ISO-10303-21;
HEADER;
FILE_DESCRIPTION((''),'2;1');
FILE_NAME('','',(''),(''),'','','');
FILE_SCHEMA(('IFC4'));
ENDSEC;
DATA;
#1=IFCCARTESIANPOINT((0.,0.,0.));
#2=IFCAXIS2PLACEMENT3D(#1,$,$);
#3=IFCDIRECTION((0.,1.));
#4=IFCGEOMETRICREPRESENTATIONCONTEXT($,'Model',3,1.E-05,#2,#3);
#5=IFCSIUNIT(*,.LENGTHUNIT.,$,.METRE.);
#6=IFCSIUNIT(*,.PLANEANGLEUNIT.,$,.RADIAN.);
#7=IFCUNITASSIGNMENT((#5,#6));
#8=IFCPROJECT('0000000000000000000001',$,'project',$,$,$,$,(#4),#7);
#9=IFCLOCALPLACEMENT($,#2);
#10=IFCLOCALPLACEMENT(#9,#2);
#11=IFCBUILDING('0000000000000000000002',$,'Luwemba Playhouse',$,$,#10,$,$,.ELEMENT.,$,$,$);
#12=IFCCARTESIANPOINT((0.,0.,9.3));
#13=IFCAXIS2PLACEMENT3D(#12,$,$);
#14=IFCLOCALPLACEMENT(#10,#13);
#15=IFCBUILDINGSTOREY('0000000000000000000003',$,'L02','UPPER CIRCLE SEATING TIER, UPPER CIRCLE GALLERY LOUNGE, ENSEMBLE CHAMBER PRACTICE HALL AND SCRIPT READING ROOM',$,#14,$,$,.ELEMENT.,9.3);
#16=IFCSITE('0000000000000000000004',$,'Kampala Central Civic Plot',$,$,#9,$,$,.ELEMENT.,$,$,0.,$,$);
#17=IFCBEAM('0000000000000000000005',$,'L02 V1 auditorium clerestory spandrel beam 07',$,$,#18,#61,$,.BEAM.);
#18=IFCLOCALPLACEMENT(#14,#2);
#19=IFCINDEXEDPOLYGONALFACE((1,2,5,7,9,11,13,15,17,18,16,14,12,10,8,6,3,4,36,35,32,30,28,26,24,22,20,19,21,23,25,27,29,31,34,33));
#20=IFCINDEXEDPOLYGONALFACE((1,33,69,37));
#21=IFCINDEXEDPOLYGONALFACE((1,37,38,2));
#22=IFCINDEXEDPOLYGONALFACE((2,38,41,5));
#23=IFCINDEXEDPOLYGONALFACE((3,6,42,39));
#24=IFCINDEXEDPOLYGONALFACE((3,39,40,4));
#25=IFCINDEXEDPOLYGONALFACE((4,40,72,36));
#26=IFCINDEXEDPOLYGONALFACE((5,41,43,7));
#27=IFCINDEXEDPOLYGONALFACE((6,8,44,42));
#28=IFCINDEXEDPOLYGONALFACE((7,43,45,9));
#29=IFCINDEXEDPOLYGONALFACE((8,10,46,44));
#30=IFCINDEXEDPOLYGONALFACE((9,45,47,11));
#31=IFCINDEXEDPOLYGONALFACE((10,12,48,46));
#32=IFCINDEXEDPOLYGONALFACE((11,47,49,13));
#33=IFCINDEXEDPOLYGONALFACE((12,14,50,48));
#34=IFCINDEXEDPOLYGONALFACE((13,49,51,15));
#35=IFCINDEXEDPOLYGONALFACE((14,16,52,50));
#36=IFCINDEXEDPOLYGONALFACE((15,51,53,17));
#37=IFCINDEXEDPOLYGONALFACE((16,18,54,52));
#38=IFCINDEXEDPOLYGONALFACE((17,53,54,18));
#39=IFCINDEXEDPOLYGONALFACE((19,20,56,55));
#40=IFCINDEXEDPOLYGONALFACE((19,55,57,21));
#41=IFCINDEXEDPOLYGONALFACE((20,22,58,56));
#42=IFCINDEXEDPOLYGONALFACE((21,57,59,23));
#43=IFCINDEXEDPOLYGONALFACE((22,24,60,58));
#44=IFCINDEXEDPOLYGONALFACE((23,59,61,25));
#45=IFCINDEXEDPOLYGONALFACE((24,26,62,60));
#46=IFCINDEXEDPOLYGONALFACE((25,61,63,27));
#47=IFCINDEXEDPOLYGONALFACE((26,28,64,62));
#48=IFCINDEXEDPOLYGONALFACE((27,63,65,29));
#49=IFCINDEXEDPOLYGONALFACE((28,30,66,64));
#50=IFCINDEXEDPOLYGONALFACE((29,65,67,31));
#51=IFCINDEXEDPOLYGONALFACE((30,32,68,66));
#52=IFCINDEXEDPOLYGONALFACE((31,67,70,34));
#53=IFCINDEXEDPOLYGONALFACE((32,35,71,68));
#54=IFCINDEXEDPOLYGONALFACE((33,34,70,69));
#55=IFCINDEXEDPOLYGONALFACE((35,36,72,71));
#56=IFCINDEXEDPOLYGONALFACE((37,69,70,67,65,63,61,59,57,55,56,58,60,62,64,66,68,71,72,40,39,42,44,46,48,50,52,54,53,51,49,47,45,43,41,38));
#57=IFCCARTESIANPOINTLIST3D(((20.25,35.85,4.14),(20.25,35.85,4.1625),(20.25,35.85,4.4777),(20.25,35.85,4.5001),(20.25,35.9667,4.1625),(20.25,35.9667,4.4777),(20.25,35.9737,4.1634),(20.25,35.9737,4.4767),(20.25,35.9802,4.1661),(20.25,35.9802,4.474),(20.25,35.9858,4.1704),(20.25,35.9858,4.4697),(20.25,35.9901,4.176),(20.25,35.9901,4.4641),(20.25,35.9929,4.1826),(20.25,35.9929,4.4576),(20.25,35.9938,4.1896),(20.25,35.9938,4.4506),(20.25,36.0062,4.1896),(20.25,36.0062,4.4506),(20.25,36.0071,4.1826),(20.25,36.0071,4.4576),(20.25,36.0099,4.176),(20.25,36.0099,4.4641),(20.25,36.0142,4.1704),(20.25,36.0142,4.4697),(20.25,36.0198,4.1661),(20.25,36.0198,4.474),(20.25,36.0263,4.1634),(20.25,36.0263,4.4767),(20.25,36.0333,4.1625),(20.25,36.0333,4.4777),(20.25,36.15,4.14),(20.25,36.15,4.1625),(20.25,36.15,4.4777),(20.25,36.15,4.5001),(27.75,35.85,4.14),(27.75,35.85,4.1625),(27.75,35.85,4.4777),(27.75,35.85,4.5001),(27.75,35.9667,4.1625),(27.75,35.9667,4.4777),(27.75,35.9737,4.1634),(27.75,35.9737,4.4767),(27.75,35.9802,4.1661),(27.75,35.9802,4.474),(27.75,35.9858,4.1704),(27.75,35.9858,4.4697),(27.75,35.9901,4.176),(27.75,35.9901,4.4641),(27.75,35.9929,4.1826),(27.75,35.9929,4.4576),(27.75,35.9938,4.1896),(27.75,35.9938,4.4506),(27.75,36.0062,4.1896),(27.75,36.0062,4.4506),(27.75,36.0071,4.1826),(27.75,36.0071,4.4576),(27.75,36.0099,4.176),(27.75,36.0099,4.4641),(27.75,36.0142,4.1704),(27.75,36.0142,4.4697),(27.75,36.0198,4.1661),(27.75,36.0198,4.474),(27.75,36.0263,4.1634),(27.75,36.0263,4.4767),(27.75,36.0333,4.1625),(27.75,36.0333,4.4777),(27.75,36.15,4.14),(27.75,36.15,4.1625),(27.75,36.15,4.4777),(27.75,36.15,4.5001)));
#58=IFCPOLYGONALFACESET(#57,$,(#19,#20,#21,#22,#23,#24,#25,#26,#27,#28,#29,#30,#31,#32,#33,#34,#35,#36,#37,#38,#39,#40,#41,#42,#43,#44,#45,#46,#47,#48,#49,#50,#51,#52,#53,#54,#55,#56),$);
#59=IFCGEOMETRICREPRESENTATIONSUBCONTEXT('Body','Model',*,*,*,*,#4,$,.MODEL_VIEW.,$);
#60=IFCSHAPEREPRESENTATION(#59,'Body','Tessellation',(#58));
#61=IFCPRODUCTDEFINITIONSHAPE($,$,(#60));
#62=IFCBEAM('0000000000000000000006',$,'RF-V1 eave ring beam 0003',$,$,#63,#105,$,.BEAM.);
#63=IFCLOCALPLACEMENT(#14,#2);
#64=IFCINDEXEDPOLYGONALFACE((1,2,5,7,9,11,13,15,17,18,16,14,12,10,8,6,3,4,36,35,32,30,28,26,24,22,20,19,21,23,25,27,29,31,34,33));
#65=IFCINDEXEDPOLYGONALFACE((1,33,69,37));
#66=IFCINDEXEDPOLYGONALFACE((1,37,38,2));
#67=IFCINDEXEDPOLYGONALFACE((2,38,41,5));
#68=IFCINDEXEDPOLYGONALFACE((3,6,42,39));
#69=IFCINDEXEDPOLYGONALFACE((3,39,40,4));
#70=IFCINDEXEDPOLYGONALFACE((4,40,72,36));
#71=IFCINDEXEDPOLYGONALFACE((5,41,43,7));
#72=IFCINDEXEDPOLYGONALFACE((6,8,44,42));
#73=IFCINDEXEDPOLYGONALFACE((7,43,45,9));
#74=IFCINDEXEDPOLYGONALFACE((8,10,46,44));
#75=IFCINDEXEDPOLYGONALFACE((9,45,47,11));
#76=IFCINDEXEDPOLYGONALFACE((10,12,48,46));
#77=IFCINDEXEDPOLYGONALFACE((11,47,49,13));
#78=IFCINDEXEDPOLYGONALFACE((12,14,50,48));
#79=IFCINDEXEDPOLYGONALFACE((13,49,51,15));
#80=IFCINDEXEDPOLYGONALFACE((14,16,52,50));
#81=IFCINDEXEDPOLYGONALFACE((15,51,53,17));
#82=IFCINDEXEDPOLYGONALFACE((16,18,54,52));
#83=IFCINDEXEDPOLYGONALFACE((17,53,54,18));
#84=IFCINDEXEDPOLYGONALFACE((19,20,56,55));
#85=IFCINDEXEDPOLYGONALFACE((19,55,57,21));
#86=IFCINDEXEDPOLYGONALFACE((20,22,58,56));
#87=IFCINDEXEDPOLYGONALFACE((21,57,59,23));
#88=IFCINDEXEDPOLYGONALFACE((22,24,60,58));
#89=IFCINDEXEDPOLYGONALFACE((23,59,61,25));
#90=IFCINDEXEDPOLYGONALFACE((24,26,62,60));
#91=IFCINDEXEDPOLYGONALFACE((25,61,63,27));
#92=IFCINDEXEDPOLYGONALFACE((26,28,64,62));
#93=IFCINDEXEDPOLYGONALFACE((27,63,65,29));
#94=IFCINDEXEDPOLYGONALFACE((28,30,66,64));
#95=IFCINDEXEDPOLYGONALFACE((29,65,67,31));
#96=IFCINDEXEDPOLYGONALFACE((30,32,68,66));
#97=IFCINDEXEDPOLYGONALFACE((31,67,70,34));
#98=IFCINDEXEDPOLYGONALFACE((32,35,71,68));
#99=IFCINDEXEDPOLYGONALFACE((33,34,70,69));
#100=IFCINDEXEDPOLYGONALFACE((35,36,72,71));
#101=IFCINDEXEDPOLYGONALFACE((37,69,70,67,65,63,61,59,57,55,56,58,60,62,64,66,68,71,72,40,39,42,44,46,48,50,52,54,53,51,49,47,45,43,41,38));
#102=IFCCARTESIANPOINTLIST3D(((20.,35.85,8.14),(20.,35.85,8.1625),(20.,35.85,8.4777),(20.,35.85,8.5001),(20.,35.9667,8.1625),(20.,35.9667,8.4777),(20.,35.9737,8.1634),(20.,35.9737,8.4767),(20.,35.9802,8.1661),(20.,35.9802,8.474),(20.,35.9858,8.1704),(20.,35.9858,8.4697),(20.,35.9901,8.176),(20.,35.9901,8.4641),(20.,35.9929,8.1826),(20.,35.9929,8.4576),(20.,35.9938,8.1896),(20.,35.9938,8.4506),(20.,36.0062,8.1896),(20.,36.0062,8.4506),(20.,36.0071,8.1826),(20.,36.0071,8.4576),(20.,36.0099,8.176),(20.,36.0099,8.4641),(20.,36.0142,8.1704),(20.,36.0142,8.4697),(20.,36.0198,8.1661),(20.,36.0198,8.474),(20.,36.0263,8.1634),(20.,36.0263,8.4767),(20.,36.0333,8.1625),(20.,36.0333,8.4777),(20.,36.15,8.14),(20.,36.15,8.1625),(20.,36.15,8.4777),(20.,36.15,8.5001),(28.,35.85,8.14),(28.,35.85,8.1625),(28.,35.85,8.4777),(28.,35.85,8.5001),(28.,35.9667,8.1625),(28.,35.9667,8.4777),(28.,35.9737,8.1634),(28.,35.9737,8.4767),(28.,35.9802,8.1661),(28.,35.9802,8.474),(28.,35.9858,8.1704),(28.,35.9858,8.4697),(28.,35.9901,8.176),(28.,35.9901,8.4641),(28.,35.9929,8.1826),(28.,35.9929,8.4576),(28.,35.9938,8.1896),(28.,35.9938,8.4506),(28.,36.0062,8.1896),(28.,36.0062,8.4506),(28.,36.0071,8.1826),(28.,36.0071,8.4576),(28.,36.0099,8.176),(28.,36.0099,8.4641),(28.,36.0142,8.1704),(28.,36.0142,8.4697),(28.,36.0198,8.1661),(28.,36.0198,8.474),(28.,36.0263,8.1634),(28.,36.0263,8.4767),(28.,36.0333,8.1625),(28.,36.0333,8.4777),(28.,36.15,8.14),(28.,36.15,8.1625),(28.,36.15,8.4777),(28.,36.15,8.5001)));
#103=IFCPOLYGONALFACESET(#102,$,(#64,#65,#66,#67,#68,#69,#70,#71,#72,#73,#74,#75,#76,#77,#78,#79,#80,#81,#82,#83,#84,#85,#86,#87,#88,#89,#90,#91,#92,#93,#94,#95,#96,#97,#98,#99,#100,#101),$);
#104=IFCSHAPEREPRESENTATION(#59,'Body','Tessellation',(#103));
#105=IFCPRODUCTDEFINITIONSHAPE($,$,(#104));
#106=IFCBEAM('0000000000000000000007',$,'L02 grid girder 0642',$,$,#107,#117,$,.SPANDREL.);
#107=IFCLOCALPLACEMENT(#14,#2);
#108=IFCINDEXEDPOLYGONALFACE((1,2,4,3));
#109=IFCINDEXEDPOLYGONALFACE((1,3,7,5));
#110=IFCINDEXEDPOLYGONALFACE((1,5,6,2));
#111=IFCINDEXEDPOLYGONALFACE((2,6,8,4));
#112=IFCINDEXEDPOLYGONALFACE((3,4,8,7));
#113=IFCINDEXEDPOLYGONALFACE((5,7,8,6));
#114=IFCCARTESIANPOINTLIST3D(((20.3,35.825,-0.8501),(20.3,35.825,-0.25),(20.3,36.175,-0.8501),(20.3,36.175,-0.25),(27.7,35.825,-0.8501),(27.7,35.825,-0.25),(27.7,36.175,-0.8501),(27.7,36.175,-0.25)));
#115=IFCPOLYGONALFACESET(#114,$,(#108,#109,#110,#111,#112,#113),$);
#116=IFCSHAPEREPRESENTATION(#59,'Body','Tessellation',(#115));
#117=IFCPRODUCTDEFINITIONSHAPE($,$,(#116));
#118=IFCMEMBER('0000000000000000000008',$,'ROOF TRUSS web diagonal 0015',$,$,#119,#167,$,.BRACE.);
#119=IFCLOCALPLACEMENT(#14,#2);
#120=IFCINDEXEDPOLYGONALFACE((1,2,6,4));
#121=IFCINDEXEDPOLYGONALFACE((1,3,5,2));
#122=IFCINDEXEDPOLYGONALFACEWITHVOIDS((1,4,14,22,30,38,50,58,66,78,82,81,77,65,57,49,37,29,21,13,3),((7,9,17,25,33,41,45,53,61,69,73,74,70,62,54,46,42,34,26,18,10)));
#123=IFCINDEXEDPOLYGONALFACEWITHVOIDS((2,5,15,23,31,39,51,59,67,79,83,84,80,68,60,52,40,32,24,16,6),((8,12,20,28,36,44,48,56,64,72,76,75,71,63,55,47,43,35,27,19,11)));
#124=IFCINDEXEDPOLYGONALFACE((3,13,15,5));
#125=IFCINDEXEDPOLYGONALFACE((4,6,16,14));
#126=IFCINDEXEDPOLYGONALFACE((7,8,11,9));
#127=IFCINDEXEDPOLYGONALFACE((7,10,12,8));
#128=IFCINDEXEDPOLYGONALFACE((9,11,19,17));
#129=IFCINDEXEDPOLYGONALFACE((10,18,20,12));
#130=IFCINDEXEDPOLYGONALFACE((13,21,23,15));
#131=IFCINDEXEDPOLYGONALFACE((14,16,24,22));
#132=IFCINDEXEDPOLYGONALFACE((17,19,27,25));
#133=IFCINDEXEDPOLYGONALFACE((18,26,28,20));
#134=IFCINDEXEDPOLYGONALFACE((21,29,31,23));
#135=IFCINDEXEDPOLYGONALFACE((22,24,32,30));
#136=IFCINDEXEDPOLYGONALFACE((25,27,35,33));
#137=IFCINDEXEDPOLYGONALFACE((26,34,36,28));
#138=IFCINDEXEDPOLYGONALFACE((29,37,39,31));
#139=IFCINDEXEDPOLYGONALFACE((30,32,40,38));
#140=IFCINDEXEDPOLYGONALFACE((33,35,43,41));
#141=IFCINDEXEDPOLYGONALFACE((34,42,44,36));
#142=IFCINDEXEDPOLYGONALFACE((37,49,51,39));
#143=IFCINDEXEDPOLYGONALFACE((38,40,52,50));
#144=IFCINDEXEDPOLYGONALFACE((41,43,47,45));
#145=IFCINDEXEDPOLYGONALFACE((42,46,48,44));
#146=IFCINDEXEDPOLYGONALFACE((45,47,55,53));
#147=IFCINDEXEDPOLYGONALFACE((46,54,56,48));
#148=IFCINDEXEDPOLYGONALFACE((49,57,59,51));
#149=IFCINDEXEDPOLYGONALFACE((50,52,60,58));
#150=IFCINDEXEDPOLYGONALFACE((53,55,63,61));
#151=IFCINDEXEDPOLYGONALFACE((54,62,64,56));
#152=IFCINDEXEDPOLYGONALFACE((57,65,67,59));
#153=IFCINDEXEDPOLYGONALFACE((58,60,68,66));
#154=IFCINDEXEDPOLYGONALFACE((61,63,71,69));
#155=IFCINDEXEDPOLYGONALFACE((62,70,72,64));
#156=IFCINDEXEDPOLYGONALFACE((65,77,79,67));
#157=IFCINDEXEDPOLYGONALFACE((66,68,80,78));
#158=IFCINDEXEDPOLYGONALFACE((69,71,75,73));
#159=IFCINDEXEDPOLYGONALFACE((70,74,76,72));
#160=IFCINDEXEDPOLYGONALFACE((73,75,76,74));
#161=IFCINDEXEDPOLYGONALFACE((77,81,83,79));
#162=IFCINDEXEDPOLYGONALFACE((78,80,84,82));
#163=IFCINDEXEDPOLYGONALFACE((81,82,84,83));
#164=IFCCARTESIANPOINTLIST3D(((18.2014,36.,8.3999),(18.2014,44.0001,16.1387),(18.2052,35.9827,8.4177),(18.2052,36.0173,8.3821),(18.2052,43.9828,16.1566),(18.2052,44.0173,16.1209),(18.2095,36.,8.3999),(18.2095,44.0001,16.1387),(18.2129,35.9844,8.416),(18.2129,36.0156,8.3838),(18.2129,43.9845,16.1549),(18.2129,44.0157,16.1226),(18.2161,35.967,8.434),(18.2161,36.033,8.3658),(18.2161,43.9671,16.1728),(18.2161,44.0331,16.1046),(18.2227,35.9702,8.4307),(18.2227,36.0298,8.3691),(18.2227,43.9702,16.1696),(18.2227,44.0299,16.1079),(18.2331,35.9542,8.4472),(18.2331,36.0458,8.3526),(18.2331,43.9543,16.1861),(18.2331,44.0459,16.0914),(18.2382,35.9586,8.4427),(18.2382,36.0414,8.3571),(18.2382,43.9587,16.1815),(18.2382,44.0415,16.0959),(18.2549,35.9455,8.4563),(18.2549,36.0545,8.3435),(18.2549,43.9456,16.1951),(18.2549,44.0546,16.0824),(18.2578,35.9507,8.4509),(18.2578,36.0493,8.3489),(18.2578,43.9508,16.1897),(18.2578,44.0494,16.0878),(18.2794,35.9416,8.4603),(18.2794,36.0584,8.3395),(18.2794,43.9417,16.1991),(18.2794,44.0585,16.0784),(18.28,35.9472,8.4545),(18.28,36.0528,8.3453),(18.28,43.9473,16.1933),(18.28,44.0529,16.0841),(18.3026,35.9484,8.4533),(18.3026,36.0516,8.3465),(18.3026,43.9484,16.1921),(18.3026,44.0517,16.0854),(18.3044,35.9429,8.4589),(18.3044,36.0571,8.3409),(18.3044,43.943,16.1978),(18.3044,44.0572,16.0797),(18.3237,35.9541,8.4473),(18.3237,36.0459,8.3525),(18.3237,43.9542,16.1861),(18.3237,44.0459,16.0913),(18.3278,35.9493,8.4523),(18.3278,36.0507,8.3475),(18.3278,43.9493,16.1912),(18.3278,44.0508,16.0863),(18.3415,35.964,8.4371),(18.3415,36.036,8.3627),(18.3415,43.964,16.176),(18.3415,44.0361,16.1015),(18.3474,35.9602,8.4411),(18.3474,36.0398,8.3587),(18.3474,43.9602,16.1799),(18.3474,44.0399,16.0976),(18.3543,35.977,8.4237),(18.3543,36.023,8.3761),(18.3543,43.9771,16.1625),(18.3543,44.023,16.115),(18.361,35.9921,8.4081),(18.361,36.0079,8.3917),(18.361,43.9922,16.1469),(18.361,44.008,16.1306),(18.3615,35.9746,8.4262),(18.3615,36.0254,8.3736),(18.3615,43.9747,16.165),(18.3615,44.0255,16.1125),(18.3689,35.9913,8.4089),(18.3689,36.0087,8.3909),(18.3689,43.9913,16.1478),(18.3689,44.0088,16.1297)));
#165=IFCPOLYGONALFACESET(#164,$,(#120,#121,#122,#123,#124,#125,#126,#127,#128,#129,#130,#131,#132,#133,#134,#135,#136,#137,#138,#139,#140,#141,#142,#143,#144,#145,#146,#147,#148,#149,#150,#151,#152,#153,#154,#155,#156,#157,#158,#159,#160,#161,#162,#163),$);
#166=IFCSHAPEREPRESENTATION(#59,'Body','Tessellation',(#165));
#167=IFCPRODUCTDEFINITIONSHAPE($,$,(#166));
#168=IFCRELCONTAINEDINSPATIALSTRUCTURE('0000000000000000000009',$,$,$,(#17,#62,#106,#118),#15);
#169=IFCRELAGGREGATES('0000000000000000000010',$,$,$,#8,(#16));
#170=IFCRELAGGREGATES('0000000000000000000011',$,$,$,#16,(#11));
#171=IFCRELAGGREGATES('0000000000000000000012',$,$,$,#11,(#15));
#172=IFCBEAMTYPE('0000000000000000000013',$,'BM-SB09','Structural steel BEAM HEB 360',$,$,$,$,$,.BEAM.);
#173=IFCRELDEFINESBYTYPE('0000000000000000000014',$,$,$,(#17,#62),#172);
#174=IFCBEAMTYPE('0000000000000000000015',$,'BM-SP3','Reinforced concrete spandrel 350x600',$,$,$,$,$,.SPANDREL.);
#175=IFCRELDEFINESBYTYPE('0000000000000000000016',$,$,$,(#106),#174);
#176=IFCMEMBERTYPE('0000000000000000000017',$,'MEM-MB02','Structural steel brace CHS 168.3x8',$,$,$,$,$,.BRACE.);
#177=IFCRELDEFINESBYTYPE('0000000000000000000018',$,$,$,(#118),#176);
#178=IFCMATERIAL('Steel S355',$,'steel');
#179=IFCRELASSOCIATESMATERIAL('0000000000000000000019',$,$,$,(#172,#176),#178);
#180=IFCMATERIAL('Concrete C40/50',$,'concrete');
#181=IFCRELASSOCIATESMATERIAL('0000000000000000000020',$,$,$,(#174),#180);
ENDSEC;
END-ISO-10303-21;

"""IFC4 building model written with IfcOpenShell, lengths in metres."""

from ifc_helpers import new_model, si_unit, direction, frame, origin, origin_2d, place, context, subcontext, project, spatial, rectangle, hollow_circle, i_section, extrude, material, material_profile, profile_set, type_object, element, save


model = new_model("IFC4")

# Units and contexts
model_context = context("Model", 3, precision=1e-05, world=origin(), true_north=direction((0.0, 1.0)))
body_context = subcontext(model_context, "Body", "Model", "MODEL_VIEW")
ifc_project = project(units=[si_unit("LENGTHUNIT", "METRE"), si_unit("PLANEANGLEUNIT", "RADIAN")], contexts=[model_context])

# Site, building, storey
site_placement = place(None, origin())
site = spatial("IfcSite", under=ifc_project, at=site_placement, Name="Kampala Central Civic Plot", CompositionType="ELEMENT", RefElevation=0.0)
building_placement = place(site_placement, origin())
building = spatial("IfcBuilding", under=site, at=building_placement, Name="Luwemba Playhouse", CompositionType="ELEMENT")
storey_placement = place(building_placement, frame((0.0, 0.0, 9.3)))
storey = spatial("IfcBuildingStorey", under=building, at=storey_placement, Name="L02", Description="UPPER CIRCLE SEATING TIER, UPPER CIRCLE GALLERY LOUNGE, ENSEMBLE CHAMBER PRACTICE HALL AND SCRIPT READING ROOM", CompositionType="ELEMENT", Elevation=9.3)

# Shared definitions
ifc_material_1 = material(Name="Concrete C40/50", Category="concrete")
ifc_material_2 = material(Name="Steel S355", Category="steel")

# Beams
ifc_material_profile_1 = material_profile(ifc_material_2, i_section(OverallWidth=0.3, OverallDepth=0.3601, WebThickness=0.0125, FlangeThickness=0.0225, FilletRadius=0.0271, at=origin_2d()))
ifc_profile_set_1 = profile_set([ifc_material_profile_1], Name="Steel S355")
beam_type_1 = type_object("IfcBeamType", Name="BM-SB09", Description="Structural steel BEAM HEB 360", PredefinedType="BEAM", material=ifc_profile_set_1)
beam_1_placement = place(storey_placement, frame((20.25, 36.0, 4.3201), z_axis=(1.0, 0.0, 0.0), x_axis=(0.0, 1.0, 0.0)))
element("IfcBeam", 1, at=beam_1_placement, inside=storey, type_object=beam_type_1, Name="L02 V1 auditorium clerestory spandrel beam 07", PredefinedType="BEAM", context=body_context, shape_type="SweptSolid", body=[
    extrude(i_section(OverallWidth=0.3, OverallDepth=0.3601, WebThickness=0.0125, FlangeThickness=0.0225, FilletRadius=0.0271, at=origin_2d()), origin(), (0.0, 0.0, 1.0), 7.5),
])
beam_2_placement = place(storey_placement, frame((20.0, 36.0, 8.3201), z_axis=(1.0, 0.0, 0.0), x_axis=(0.0, 1.0, 0.0)))
element("IfcBeam", 2, at=beam_2_placement, inside=storey, type_object=beam_type_1, Name="RF-V1 eave ring beam 0003", PredefinedType="BEAM", context=body_context, shape_type="SweptSolid", body=[
    extrude(i_section(OverallWidth=0.3, OverallDepth=0.3601, WebThickness=0.0125, FlangeThickness=0.0225, FilletRadius=0.0271, at=origin_2d()), origin(), (0.0, 0.0, 1.0), 8.0),
])
ifc_material_profile_2 = material_profile(ifc_material_1, rectangle(XDim=0.3501, YDim=0.6001, at=origin_2d()))
ifc_profile_set_2 = profile_set([ifc_material_profile_2], Name="Concrete C40/50")
beam_type_2 = type_object("IfcBeamType", Name="BM-SP3", Description="Reinforced concrete spandrel 350x600", PredefinedType="SPANDREL", material=ifc_profile_set_2)
beam_3_placement = place(storey_placement, frame((20.3, 36.0, -0.55), z_axis=(1.0, 0.0, 0.0), x_axis=(0.0, 1.0, 0.0)))
element("IfcBeam", 3, at=beam_3_placement, inside=storey, type_object=beam_type_2, Name="L02 grid girder 0642", PredefinedType="SPANDREL", context=body_context, shape_type="SweptSolid", body=[
    extrude(rectangle(XDim=0.3501, YDim=0.6001, at=origin_2d()), origin(), (0.0, 0.0, 1.0), 7.3999),
])

# Member
ifc_material_profile_3 = material_profile(ifc_material_2, hollow_circle(Radius=0.0842, WallThickness=0.0081, at=origin_2d()))
ifc_profile_set_3 = profile_set([ifc_material_profile_3], Name="Steel S355")
member_type_1 = type_object("IfcMemberType", Name="MEM-MB02", Description="Structural steel brace CHS 168.3x8", PredefinedType="BRACE", material=ifc_profile_set_3)
member_1_placement = place(storey_placement, frame((18.2856, 36.0, 8.3999), z_axis=(0.0, 0.718744, 0.695275), x_axis=(-1.0, 0.0, 0.0)))
element("IfcMember", 4, at=member_1_placement, inside=storey, type_object=member_type_1, Name="ROOF TRUSS web diagonal 0015", PredefinedType="BRACE", context=body_context, shape_type="SweptSolid", body=[
    extrude(hollow_circle(Radius=0.0842, WallThickness=0.0081, at=origin_2d()), origin(), (0.0, 0.0, 1.0), 11.1306),
])

save(model, "model.ifc")
